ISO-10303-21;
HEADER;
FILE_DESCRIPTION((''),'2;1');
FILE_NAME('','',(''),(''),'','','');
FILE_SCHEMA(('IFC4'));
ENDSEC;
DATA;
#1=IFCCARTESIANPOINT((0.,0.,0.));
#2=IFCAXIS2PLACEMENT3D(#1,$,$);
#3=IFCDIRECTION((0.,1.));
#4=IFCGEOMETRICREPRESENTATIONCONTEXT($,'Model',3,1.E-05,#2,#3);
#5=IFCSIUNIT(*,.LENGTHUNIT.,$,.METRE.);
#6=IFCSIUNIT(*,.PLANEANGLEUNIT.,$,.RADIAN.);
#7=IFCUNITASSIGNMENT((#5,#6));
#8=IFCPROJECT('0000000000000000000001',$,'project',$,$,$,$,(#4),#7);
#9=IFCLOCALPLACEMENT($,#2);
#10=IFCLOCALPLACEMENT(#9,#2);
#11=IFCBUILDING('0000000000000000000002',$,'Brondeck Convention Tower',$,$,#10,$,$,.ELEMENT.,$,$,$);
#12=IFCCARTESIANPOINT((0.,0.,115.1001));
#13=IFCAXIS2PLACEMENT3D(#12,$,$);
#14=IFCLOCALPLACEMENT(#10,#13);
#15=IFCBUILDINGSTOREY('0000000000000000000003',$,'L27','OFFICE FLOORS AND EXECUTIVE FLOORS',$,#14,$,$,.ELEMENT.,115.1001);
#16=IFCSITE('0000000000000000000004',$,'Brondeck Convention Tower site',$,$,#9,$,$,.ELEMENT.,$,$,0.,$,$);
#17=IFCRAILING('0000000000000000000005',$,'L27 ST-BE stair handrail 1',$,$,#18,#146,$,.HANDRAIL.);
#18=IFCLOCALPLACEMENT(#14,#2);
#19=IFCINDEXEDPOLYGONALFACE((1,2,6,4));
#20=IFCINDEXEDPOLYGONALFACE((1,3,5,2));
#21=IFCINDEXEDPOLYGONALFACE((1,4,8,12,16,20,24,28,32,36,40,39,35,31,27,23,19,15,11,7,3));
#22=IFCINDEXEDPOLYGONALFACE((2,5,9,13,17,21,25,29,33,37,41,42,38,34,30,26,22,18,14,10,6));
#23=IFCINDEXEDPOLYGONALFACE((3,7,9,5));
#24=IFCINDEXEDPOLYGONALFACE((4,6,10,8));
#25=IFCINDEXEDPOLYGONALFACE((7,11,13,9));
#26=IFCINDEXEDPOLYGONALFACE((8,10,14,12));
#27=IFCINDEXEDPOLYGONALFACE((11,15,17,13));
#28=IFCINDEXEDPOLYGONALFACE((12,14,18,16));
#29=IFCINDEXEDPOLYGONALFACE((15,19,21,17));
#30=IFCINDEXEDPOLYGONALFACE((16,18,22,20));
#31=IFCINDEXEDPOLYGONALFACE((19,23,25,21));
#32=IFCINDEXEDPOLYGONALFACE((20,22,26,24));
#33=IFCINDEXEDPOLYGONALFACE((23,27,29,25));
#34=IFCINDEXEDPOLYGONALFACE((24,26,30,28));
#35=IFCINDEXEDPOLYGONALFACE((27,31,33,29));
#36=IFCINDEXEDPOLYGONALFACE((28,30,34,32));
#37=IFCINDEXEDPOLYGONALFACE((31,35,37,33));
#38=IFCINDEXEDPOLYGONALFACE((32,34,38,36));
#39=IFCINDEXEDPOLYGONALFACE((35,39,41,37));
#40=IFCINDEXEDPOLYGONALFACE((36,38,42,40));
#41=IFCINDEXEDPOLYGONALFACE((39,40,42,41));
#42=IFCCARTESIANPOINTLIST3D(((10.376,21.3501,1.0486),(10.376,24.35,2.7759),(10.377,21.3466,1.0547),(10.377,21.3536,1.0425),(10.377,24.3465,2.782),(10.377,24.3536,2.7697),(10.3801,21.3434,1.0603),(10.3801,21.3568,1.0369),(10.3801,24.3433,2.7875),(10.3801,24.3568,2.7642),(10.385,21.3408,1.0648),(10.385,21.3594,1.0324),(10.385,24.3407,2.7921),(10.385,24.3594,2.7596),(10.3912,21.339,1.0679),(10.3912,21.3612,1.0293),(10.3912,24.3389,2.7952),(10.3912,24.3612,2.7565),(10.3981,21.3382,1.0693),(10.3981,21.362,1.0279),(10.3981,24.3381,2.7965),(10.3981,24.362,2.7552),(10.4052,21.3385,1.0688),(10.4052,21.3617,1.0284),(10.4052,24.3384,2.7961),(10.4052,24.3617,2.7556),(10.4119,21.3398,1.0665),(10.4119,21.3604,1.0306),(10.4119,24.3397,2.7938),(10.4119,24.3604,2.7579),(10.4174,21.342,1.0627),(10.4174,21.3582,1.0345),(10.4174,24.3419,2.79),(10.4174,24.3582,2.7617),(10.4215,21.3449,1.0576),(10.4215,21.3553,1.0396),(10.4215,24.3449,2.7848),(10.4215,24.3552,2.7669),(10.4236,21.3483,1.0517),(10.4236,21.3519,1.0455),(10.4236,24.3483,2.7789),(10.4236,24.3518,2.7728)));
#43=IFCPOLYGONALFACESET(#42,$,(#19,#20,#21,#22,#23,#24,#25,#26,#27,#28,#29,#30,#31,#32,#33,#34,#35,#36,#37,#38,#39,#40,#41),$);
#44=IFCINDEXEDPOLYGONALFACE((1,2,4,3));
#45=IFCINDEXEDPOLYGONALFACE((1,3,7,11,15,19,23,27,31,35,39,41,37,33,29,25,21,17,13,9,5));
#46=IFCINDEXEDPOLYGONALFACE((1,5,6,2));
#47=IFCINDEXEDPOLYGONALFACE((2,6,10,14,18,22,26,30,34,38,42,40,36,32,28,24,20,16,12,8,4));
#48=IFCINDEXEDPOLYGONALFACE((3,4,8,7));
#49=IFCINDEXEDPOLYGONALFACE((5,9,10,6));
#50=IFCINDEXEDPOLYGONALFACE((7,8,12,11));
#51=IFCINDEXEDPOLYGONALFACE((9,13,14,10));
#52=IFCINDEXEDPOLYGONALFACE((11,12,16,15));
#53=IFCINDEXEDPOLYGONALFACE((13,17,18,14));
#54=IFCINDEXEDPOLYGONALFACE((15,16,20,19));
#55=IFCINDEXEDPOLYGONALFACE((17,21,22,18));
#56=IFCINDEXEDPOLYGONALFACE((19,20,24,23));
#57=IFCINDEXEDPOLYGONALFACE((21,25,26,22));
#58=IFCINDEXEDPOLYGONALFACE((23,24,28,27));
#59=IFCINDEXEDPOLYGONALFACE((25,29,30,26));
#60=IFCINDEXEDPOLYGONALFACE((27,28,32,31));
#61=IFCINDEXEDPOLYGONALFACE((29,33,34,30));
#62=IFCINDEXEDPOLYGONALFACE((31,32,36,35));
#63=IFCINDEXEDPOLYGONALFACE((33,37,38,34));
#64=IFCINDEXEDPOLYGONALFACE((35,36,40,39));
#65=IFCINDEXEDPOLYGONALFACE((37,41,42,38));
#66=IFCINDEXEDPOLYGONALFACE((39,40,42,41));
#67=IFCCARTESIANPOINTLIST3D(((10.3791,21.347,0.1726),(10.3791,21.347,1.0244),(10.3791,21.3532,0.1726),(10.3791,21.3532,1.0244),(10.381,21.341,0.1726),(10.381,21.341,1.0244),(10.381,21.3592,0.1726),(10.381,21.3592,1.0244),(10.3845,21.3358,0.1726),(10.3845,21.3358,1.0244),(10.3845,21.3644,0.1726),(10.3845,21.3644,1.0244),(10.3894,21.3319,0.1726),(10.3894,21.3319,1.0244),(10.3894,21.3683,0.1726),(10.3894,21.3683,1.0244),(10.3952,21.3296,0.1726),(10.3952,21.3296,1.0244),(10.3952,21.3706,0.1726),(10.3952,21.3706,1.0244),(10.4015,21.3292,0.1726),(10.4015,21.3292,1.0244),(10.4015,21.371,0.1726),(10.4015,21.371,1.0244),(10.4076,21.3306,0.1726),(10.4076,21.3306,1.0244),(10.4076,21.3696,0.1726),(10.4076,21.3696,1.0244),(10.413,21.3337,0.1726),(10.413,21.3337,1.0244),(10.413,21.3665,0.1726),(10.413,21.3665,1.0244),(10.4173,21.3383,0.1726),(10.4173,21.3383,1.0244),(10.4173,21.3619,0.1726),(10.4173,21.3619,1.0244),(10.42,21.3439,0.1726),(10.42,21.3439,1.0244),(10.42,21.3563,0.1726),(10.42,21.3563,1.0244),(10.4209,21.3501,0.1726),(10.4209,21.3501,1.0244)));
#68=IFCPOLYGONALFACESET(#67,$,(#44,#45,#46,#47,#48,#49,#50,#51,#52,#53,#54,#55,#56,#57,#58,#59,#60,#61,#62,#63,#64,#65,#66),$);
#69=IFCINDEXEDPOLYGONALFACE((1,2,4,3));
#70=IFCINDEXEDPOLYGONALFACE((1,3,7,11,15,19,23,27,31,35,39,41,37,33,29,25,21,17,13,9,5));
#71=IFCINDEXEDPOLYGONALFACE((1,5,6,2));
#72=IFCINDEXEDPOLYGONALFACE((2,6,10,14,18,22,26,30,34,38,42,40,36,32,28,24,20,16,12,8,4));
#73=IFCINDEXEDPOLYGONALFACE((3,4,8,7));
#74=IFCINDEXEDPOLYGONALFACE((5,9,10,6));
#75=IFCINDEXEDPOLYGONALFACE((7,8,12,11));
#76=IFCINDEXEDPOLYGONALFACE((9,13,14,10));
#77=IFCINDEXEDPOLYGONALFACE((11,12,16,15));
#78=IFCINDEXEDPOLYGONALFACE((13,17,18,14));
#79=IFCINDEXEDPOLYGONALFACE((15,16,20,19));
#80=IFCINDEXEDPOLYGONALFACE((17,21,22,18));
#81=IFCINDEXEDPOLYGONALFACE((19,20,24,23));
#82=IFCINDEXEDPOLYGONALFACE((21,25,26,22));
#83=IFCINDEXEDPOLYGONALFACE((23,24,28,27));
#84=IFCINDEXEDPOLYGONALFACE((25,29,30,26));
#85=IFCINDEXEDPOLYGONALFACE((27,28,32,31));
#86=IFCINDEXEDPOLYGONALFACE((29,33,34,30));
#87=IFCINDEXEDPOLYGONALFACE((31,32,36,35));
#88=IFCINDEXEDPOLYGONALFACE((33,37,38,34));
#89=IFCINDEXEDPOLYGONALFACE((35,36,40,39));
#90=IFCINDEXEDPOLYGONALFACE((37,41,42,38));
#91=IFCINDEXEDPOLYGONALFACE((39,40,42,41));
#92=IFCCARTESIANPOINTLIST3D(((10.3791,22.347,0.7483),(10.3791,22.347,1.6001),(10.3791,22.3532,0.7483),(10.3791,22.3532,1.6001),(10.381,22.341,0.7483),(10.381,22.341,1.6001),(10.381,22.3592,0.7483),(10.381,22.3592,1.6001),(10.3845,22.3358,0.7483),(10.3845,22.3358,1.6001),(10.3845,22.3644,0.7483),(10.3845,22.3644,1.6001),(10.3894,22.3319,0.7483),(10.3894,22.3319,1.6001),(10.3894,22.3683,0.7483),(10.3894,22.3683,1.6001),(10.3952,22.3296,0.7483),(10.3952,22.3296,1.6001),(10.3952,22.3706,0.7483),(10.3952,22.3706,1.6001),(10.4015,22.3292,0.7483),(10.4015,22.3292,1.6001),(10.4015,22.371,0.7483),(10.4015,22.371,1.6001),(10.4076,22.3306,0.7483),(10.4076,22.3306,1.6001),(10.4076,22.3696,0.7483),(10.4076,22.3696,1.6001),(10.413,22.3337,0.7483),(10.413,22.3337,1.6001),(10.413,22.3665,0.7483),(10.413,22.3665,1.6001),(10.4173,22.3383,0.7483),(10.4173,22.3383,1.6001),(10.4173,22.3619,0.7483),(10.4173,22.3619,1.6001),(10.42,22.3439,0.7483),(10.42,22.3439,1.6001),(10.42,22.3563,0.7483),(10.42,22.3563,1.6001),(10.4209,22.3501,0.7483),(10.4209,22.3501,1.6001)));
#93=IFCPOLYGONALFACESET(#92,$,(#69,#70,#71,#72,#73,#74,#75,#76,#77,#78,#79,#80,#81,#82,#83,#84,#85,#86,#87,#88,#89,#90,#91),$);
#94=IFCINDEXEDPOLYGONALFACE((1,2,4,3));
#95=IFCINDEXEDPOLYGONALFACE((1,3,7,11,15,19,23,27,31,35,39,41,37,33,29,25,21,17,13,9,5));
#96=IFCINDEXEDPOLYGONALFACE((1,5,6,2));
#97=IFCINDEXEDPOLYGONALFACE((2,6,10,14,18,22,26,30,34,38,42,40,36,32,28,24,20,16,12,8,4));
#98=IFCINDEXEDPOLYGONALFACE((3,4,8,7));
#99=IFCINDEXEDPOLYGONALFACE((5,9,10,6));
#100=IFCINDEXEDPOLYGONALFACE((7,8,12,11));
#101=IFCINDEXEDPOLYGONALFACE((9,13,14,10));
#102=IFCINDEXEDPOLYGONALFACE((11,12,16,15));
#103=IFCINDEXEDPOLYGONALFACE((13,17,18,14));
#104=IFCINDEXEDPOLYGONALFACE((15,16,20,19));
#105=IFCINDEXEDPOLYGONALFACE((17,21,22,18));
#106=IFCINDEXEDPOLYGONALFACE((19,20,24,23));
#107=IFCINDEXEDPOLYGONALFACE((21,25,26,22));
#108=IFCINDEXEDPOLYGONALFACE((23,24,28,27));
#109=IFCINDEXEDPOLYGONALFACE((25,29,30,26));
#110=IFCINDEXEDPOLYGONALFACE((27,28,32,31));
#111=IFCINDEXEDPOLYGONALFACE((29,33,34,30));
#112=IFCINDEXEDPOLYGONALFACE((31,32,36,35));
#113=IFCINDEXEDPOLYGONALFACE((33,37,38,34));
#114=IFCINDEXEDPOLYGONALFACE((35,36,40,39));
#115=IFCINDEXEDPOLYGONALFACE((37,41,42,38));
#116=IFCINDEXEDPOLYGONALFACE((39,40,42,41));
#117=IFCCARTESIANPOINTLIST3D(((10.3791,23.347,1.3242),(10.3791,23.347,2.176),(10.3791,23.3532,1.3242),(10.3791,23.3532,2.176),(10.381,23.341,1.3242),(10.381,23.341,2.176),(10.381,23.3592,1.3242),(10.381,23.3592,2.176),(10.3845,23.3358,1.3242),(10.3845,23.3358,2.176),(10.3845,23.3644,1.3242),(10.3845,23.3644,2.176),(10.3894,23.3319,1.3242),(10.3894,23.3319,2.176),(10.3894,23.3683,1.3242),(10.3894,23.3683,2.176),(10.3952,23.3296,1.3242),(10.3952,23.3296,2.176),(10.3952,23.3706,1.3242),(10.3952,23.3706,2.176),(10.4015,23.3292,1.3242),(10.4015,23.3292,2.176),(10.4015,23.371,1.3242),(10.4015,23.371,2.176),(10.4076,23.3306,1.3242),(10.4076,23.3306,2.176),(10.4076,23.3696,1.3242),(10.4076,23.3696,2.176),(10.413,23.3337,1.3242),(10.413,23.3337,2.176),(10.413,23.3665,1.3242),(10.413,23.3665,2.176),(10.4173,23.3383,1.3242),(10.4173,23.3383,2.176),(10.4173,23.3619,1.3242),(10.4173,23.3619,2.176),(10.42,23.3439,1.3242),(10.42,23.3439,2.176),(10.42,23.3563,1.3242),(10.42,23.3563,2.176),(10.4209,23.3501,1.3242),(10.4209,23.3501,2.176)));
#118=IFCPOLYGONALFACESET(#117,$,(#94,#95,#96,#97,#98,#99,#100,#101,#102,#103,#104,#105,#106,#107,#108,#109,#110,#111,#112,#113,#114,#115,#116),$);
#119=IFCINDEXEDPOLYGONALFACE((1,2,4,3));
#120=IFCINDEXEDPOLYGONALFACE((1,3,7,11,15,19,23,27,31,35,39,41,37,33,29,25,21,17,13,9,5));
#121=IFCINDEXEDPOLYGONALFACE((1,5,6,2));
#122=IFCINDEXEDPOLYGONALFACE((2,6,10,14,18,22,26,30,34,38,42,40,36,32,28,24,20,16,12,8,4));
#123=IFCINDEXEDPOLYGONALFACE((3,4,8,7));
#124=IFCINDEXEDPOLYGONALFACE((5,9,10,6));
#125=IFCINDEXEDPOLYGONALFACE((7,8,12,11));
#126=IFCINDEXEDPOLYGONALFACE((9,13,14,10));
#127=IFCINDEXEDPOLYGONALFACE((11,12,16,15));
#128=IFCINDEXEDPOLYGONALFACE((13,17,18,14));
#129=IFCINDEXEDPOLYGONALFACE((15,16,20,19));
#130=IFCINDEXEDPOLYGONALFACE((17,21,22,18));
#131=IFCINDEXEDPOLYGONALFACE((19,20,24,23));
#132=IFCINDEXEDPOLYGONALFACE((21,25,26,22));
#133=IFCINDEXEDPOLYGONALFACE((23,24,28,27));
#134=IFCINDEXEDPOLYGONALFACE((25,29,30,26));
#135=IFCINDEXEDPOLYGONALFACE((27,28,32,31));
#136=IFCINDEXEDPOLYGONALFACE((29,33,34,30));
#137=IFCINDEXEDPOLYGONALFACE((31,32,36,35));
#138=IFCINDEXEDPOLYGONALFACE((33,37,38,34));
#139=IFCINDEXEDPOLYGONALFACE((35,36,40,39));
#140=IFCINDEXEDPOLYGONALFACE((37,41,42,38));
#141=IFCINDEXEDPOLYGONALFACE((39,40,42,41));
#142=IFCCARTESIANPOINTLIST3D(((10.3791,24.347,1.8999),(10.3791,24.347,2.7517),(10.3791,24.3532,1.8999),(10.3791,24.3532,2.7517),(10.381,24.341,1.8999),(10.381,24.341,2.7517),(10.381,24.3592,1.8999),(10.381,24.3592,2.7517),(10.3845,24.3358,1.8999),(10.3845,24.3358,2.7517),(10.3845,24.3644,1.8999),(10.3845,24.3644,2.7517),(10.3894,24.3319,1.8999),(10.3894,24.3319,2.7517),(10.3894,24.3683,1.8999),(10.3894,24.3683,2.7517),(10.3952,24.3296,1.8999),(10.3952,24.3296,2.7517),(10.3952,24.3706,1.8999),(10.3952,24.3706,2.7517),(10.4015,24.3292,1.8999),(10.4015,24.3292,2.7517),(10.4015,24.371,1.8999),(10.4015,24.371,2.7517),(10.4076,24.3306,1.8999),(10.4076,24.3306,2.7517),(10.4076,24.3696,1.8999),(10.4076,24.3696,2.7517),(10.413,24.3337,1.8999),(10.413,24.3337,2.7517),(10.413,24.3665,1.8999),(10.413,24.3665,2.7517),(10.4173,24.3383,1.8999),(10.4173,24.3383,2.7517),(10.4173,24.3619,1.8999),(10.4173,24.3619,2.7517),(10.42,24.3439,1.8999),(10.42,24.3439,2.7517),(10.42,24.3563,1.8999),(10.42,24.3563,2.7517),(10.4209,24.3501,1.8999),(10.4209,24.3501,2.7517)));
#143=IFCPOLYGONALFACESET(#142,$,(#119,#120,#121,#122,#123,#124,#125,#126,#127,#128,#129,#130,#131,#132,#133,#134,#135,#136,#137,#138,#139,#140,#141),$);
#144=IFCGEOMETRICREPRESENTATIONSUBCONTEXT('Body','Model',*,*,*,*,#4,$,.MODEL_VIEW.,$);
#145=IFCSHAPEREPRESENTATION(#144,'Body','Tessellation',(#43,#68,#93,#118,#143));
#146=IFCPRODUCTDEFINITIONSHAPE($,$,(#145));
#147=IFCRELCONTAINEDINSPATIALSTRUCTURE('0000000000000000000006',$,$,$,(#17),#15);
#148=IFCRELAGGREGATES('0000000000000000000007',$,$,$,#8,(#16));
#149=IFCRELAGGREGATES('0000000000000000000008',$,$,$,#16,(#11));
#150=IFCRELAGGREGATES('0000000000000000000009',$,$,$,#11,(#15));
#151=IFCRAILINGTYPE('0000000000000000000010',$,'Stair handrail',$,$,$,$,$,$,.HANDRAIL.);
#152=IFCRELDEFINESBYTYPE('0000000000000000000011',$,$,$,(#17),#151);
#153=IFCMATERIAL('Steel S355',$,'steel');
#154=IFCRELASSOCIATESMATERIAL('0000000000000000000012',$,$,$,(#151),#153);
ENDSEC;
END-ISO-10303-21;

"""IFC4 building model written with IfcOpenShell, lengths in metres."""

from ifc_helpers import new_model, si_unit, direction, frame, origin, origin_2d, place, context, subcontext, project, spatial, circle, extrude, material, type_object, element, save


model = new_model("IFC4")

# Units and contexts
model_context = context("Model", 3, precision=1e-05, world=origin(), true_north=direction((0.0, 1.0)))
body_context = subcontext(model_context, "Body", "Model", "MODEL_VIEW")
ifc_project = project(units=[si_unit("LENGTHUNIT", "METRE"), si_unit("PLANEANGLEUNIT", "RADIAN")], contexts=[model_context])

# Site, building, storey
site_placement = place(None, origin())
site = spatial("IfcSite", under=ifc_project, at=site_placement, Name="Brondeck Convention Tower site", CompositionType="ELEMENT", RefElevation=0.0)
building_placement = place(site_placement, origin())
building = spatial("IfcBuilding", under=site, at=building_placement, Name="Brondeck Convention Tower", CompositionType="ELEMENT")
storey_placement = place(building_placement, frame((0.0, 0.0, 115.1001)))
storey = spatial("IfcBuildingStorey", under=building, at=storey_placement, Name="L27", Description="OFFICE FLOORS AND EXECUTIVE FLOORS", CompositionType="ELEMENT", Elevation=115.1001)

# Shared definitions
ifc_material_1 = material(Name="Steel S355", Category="steel")

# Railing
railing_type_1 = type_object("IfcRailingType", Name="Stair handrail", PredefinedType="HANDRAIL", material=ifc_material_1)
railing_1_placement = place(storey_placement, frame((10.3999, 21.3501, 0.1726)))
element("IfcRailing", 1, at=railing_1_placement, inside=storey, type_object=railing_type_1, Name="L27 ST-BE stair handrail 1", PredefinedType="HANDRAIL", context=body_context, shape_type="SweptSolid", body=[
    extrude(circle(Radius=0.0239, at=origin_2d()), frame((0.0, 0.0, 0.876), z_axis=(0.0, 0.86662, 0.498969), x_axis=(-1.0, 0.0, 0.0)), (0.0, 0.0, 1.0), 3.4617),
    extrude(circle(Radius=0.021, at=origin_2d()), origin(), (0.0, 0.0, 1.0), 0.8518),
    extrude(circle(Radius=0.021, at=origin_2d()), frame((0.0, 1.0, 0.5757)), (0.0, 0.0, 1.0), 0.8518),
    extrude(circle(Radius=0.021, at=origin_2d()), frame((0.0, 2.0, 1.1516)), (0.0, 0.0, 1.0), 0.8518),
    extrude(circle(Radius=0.021, at=origin_2d()), frame((0.0, 3.0, 1.7273)), (0.0, 0.0, 1.0), 0.8518),
])

save(model, "model.ifc")
